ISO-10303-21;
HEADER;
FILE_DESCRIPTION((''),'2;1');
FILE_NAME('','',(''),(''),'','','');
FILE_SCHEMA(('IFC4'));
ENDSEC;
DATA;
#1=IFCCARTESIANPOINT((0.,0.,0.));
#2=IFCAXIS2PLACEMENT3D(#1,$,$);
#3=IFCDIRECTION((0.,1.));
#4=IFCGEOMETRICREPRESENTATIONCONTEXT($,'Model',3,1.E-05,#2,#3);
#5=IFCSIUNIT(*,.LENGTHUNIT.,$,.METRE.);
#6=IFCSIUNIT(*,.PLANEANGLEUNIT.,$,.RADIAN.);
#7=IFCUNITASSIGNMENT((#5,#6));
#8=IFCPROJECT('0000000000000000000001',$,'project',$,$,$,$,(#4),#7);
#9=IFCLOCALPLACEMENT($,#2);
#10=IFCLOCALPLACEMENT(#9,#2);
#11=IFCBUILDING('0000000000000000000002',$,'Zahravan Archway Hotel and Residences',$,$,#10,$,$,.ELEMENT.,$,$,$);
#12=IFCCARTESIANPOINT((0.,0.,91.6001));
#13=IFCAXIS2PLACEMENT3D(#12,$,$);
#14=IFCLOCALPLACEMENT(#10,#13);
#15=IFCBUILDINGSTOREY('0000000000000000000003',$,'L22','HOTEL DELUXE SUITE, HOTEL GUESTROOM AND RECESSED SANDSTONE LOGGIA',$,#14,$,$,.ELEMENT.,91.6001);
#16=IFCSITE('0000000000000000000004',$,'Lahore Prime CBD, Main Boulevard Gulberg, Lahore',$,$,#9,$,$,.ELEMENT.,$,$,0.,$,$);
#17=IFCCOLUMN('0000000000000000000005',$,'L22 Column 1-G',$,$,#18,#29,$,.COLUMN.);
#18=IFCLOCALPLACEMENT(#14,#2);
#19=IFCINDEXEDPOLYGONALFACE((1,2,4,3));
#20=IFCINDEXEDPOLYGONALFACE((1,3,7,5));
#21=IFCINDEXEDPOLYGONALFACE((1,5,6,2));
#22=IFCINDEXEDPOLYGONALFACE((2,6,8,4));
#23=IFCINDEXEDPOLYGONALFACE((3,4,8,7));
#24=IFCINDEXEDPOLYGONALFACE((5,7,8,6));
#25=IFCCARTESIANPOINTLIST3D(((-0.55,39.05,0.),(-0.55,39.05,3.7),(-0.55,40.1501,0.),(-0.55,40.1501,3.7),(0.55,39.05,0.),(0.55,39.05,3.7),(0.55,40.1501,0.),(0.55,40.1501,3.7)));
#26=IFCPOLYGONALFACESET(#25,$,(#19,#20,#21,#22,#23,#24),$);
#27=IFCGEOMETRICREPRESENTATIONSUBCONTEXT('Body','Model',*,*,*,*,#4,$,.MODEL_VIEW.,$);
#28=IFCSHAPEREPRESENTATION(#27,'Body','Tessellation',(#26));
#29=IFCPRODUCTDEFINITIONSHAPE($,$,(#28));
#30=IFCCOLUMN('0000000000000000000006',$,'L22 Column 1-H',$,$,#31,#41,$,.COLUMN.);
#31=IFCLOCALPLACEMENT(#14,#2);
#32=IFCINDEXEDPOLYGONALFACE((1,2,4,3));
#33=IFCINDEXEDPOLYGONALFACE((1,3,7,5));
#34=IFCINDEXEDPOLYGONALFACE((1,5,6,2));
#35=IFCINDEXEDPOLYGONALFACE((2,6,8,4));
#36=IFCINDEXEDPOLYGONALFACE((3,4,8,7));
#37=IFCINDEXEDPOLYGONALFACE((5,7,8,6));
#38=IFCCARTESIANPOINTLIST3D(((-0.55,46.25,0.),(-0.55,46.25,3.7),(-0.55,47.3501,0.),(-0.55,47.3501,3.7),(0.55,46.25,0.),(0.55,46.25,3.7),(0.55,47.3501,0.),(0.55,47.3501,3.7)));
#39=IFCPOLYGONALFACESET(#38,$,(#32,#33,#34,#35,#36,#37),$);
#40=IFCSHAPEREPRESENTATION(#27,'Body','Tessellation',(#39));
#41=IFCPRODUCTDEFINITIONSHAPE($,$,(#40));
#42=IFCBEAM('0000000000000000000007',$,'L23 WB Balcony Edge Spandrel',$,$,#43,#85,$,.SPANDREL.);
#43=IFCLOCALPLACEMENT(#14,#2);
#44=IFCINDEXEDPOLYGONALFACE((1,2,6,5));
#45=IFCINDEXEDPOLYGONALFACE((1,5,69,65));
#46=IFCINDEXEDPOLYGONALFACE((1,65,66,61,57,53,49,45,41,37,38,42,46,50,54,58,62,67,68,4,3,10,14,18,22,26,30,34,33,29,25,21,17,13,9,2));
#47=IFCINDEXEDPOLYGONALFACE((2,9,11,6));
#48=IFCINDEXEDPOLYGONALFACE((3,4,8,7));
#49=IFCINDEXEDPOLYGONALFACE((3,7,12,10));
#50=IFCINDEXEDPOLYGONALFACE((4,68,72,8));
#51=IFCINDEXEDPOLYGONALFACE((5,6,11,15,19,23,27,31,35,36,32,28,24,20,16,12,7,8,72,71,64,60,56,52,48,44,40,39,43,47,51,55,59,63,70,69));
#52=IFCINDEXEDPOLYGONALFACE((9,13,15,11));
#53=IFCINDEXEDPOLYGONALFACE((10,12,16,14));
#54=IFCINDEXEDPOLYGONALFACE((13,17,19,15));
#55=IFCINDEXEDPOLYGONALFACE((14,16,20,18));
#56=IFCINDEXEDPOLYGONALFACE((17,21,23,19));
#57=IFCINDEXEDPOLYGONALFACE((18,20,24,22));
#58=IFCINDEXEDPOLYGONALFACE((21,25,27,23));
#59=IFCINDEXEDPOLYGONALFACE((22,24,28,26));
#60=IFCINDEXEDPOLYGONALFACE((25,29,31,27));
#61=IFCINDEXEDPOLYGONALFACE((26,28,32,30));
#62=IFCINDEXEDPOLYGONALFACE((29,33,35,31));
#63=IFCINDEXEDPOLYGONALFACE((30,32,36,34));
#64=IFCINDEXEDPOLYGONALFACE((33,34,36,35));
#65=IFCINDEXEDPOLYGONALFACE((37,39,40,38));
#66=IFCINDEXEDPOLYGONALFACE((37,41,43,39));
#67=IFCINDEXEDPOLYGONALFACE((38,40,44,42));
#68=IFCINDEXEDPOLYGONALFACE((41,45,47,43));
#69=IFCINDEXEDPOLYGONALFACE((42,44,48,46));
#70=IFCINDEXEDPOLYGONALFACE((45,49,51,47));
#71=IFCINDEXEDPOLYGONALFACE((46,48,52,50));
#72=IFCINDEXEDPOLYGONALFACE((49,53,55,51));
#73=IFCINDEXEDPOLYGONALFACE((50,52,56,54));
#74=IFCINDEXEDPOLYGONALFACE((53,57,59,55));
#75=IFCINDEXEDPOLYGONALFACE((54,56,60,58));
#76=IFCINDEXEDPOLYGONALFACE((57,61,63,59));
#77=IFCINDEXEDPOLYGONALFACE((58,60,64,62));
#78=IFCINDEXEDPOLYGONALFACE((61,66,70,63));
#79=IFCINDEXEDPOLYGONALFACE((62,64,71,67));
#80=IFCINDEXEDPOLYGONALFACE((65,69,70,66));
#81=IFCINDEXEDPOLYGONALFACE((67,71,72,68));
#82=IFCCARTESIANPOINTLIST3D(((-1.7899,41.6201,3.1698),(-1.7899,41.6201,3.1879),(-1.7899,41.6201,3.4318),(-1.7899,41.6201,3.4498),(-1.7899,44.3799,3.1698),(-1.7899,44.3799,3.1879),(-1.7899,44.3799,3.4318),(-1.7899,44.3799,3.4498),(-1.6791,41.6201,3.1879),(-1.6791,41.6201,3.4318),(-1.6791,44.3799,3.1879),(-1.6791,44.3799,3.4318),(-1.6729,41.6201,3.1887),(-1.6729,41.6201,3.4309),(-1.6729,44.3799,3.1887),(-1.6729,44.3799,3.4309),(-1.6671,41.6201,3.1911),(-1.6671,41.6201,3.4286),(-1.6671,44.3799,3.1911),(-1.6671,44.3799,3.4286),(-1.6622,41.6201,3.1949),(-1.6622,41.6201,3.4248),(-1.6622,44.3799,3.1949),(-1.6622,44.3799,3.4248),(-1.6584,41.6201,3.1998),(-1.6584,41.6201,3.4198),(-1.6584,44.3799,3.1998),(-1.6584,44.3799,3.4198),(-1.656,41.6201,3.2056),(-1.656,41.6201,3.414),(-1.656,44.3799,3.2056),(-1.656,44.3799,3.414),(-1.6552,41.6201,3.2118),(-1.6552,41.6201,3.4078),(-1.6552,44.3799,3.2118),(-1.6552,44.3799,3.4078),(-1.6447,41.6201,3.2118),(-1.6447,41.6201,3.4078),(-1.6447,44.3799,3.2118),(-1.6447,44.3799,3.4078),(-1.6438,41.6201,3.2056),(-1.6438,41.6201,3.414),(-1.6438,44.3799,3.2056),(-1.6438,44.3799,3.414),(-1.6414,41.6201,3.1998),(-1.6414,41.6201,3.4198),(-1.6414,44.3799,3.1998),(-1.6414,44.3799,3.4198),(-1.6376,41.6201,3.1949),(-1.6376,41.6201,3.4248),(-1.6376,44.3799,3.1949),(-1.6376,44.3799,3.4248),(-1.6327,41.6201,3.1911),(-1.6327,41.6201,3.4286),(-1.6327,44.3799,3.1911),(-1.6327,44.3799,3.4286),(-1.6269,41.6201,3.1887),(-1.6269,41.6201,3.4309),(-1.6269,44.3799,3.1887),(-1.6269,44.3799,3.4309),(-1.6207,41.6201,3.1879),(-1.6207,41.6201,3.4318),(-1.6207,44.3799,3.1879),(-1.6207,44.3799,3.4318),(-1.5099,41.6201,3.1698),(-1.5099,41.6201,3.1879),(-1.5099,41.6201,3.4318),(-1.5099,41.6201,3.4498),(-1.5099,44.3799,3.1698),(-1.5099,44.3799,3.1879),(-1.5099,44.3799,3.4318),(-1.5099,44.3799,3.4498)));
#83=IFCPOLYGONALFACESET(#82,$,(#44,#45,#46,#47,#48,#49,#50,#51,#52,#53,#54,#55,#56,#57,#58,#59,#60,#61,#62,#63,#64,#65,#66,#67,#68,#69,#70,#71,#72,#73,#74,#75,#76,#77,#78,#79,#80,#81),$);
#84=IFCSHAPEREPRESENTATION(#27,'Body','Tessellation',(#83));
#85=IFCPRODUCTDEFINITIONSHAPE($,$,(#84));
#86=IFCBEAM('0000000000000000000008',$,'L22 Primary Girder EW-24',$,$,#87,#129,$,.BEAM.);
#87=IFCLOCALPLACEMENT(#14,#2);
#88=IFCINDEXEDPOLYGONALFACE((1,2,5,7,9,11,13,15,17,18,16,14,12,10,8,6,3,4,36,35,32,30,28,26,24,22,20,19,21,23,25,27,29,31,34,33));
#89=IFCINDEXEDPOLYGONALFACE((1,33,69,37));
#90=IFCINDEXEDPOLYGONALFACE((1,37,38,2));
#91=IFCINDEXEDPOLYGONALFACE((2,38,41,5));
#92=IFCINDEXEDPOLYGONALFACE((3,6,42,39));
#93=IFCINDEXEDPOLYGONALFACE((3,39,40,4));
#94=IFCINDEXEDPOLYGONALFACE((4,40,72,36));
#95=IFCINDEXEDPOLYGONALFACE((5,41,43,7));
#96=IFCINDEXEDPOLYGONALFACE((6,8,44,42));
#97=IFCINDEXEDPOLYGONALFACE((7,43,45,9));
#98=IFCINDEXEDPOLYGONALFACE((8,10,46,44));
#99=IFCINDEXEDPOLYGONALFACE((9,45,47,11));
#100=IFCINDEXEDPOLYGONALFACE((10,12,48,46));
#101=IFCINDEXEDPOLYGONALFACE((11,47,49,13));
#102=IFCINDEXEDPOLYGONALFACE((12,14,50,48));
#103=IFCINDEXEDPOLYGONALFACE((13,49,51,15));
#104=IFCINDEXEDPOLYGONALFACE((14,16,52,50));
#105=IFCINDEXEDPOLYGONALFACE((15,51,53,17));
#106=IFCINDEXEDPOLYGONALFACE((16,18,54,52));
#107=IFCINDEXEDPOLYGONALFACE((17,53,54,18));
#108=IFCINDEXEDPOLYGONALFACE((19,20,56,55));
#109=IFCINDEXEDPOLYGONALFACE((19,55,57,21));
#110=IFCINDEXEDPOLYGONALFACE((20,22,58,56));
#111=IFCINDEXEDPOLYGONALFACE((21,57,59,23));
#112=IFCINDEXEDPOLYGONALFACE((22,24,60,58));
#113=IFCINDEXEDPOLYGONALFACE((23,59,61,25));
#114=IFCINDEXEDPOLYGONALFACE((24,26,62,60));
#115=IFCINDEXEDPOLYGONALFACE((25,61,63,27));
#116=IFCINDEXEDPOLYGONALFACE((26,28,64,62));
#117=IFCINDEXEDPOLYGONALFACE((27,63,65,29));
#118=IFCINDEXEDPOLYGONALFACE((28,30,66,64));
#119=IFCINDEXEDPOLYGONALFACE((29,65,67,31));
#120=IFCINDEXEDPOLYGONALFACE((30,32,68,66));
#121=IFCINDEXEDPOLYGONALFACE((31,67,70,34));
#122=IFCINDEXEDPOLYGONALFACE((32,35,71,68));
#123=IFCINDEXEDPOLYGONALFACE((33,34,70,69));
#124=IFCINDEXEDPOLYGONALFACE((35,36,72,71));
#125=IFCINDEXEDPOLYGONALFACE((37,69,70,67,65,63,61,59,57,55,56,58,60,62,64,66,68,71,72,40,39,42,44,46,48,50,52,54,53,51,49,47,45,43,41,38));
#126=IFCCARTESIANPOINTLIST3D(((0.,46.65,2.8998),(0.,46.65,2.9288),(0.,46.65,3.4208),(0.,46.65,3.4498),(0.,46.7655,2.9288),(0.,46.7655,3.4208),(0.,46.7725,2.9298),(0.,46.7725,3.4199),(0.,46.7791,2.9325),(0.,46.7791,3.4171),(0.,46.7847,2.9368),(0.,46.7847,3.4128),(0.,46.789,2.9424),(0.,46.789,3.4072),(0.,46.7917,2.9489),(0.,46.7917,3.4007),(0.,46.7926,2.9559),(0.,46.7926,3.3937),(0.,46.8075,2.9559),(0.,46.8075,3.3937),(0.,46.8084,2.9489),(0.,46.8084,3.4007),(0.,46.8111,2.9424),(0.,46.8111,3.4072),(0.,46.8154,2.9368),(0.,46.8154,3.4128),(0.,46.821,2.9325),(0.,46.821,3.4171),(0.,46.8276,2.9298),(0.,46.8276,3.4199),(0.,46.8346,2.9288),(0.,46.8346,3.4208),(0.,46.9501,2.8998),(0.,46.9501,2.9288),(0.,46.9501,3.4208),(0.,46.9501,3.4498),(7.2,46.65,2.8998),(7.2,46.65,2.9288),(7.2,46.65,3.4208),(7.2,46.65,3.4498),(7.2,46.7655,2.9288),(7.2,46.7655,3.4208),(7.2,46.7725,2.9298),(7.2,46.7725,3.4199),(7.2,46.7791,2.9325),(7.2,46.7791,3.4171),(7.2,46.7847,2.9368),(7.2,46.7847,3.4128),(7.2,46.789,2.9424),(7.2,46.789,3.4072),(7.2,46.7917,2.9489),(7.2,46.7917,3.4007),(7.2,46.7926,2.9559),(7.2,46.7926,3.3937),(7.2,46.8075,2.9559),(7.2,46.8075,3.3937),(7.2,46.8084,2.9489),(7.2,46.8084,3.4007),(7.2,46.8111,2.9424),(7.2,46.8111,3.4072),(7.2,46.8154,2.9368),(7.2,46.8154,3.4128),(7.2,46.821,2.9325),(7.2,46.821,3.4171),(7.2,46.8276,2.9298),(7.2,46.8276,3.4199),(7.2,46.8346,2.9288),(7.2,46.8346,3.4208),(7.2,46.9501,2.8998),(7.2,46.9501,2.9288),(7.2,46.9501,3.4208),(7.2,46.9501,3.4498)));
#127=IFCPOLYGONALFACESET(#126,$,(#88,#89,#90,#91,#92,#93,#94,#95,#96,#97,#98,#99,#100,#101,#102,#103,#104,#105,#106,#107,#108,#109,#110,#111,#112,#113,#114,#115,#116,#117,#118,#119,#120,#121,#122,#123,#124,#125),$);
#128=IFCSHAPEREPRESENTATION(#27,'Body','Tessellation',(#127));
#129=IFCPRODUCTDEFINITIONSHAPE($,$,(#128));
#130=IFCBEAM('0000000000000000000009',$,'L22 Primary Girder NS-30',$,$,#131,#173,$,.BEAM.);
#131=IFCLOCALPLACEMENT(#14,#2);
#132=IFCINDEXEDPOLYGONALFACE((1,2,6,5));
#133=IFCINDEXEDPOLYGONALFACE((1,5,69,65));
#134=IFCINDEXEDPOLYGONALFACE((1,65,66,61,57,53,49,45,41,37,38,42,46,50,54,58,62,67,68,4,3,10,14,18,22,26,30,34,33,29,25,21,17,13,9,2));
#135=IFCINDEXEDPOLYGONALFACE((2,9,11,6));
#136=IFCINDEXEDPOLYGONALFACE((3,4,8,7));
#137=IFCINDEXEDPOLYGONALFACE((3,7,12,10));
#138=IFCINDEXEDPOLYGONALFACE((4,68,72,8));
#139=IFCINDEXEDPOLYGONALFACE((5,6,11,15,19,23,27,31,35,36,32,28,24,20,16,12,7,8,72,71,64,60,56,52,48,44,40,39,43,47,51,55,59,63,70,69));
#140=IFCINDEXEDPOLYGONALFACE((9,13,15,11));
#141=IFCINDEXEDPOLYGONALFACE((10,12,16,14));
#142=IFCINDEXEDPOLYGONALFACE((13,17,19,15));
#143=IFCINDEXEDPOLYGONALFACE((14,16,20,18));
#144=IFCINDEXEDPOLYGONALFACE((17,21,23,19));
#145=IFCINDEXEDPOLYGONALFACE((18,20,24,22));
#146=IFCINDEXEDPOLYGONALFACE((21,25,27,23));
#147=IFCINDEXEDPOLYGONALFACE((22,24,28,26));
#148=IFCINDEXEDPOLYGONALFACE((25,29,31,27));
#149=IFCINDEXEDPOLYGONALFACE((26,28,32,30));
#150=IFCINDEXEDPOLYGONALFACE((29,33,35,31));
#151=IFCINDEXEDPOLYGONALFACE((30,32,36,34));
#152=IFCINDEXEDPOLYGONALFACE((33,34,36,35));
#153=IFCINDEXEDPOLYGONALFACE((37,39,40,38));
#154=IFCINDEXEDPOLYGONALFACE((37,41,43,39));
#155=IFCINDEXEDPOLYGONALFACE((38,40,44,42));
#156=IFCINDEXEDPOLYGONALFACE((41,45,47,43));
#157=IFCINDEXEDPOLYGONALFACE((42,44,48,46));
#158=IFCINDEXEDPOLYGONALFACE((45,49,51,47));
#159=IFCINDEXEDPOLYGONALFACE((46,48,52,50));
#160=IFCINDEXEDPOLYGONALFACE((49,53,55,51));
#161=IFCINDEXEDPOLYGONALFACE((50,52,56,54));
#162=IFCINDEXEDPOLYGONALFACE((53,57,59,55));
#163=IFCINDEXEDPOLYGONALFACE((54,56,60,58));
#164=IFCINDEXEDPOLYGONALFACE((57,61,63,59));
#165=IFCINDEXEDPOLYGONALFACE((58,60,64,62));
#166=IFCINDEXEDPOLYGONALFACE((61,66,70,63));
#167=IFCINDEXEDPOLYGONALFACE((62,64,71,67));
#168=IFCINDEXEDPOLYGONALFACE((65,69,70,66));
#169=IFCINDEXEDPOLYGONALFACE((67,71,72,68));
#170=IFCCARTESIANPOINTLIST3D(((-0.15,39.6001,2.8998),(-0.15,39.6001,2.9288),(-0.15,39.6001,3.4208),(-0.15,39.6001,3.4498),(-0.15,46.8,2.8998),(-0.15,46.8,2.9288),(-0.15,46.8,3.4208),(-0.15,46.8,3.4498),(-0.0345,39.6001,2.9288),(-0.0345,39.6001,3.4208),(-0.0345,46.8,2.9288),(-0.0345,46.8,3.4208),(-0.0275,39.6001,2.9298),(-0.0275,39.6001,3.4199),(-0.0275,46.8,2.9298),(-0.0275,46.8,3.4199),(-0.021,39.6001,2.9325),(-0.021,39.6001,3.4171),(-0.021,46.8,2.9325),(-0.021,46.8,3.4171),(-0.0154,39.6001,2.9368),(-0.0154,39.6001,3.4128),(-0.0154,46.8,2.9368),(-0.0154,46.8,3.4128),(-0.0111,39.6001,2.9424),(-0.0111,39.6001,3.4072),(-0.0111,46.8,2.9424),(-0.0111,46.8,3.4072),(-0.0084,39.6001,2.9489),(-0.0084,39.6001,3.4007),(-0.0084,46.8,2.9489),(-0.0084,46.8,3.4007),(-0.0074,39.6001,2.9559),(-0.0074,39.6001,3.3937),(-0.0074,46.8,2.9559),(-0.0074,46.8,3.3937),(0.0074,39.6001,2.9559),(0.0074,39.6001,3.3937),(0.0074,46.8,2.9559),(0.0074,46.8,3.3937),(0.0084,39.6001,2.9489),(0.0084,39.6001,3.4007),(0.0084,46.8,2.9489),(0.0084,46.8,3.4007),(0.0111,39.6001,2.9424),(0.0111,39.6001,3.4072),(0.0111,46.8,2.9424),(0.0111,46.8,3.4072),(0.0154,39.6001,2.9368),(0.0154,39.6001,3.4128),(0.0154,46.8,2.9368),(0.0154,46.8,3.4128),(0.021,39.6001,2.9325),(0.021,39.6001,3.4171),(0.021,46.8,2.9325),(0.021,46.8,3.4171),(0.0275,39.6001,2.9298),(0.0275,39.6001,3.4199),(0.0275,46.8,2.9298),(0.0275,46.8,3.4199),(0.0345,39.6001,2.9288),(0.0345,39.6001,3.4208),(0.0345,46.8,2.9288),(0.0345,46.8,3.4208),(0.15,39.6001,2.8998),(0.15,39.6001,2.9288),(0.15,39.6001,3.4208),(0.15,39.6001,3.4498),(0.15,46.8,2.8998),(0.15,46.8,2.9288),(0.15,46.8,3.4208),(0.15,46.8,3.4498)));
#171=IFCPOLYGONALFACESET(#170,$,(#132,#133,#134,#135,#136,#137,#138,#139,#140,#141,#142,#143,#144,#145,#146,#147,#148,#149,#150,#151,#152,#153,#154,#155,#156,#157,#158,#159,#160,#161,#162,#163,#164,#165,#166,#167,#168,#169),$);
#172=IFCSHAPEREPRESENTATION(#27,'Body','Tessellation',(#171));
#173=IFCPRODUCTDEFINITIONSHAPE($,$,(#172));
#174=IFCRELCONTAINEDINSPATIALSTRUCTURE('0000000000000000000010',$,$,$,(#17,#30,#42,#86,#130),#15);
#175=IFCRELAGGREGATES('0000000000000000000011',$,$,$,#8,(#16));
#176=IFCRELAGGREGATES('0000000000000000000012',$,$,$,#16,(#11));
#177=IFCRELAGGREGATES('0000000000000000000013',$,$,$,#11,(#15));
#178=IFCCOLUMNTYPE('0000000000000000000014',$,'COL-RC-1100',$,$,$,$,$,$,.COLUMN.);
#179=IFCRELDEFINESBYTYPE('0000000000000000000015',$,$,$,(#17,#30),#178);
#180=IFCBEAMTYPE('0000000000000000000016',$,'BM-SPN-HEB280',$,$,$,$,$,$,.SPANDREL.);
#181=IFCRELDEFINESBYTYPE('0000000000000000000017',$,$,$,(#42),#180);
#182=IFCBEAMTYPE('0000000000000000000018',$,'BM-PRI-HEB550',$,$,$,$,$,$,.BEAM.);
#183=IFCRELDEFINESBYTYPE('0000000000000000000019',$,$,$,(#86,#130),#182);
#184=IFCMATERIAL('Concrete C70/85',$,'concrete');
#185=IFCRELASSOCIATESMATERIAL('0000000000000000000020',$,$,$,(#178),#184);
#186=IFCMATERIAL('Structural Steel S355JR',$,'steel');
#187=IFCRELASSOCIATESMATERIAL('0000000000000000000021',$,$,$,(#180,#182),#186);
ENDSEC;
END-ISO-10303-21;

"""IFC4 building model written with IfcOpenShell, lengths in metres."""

from ifc_helpers import new_model, si_unit, direction, frame, origin, origin_2d, place, context, subcontext, project, spatial, rectangle, i_section, extrude, source, transform, mapped, material, material_profile, profile_set, type_object, element, save


model = new_model("IFC4")

# Units and contexts
model_context = context("Model", 3, precision=1e-05, world=origin(), true_north=direction((0.0, 1.0)))
body_context = subcontext(model_context, "Body", "Model", "MODEL_VIEW")
ifc_project = project(units=[si_unit("LENGTHUNIT", "METRE"), si_unit("PLANEANGLEUNIT", "RADIAN")], contexts=[model_context])

# Site, building, storey
site_placement = place(None, origin())
site = spatial("IfcSite", under=ifc_project, at=site_placement, Name="Lahore Prime CBD, Main Boulevard Gulberg, Lahore", CompositionType="ELEMENT", RefElevation=0.0)
building_placement = place(site_placement, origin())
building = spatial("IfcBuilding", under=site, at=building_placement, Name="Zahravan Archway Hotel and Residences", CompositionType="ELEMENT")
storey_placement = place(building_placement, frame((0.0, 0.0, 91.6001)))
storey = spatial("IfcBuildingStorey", under=building, at=storey_placement, Name="L22", Description="HOTEL DELUXE SUITE, HOTEL GUESTROOM AND RECESSED SANDSTONE LOGGIA", CompositionType="ELEMENT", Elevation=91.6001)

# Columns
ifc_material_1 = material(Name="Concrete C70/85", Category="concrete")
ifc_material_profile_1 = material_profile(ifc_material_1, rectangle(XDim=1.1001, YDim=1.1001, at=origin_2d()), Name="RC 1100x1100", Category="concrete")
ifc_profile_set_1 = profile_set([ifc_material_profile_1], Name="Concrete C70/85")
column_type = type_object("IfcColumnType", Name="COL-RC-1100", PredefinedType="COLUMN", material=ifc_profile_set_1)
shared_shape_1 = source(origin(), body_context, "Body", "SweptSolid", [
    extrude(rectangle(XDim=1.1001, YDim=1.1001, at=origin_2d()), origin(), (0.0, 0.0, 1.0), 3.7),
])
for number, where, z_axis, x_axis, name in (
    (1, (0.0, 39.6001, 0.0), (0.0, 0.0, 1.0), (1.0, 0.0, 0.0), "L22 Column 1-G"),
    (2, (0.0, 46.8, 0.0), (0.0, 0.0, 1.0), (1.0, 0.0, 0.0), "L22 Column 1-H"),
):
    element("IfcColumn", number, at=place(storey_placement, frame(where, z_axis=z_axis, x_axis=x_axis)), inside=storey, type_object=column_type, Name=name, PredefinedType="COLUMN", context=body_context, shape_type="MappedRepresentation", body=[
        mapped(shared_shape_1, transform((0.0, 0.0, 0.0), scale=1.0)),
    ])

# Beams
ifc_material_2 = material(Name="Structural Steel S355JR", Category="steel")
ifc_material_profile_2 = material_profile(ifc_material_2, i_section(OverallWidth=0.28, OverallDepth=0.28, WebThickness=0.0105, FlangeThickness=0.0181, FilletRadius=0.0239, at=origin_2d()), Name="HEB 280", Category="steel")
ifc_profile_set_2 = profile_set([ifc_material_profile_2], Name="Structural Steel S355JR")
beam_type_1 = type_object("IfcBeamType", Name="BM-SPN-HEB280", PredefinedType="SPANDREL", material=ifc_profile_set_2)
shared_shape_2 = source(origin(), body_context, "Body", "SweptSolid", [
    extrude(i_section(OverallWidth=0.28, OverallDepth=0.28, WebThickness=0.0105, FlangeThickness=0.0181, FilletRadius=0.0239, at=origin_2d()), origin(), (0.0, 0.0, 1.0), 2.7598),
])
beam_placement = place(storey_placement, frame((-1.6499, 41.6201, 3.3098), z_axis=(0.0, 1.0, 0.0), x_axis=(-1.0, 0.0, 0.0)))
element("IfcBeam", 3, at=beam_placement, inside=storey, type_object=beam_type_1, Name="L23 WB Balcony Edge Spandrel", PredefinedType="SPANDREL", context=body_context, shape_type="MappedRepresentation", body=[
    mapped(shared_shape_2, transform((0.0, 0.0, 0.0), scale=1.0)),
])
ifc_material_profile_3 = material_profile(ifc_material_2, i_section(OverallWidth=0.3, OverallDepth=0.55, WebThickness=0.0149, FlangeThickness=0.0291, FilletRadius=0.0271, at=origin_2d()), Name="HEB 550", Category="steel")
ifc_profile_set_3 = profile_set([ifc_material_profile_3], Name="Structural Steel S355JR")
beam_type_2 = type_object("IfcBeamType", Name="BM-PRI-HEB550", PredefinedType="BEAM", material=ifc_profile_set_3)
shared_shape_3 = source(origin(), body_context, "Body", "SweptSolid", [
    extrude(i_section(OverallWidth=0.3, OverallDepth=0.55, WebThickness=0.0149, FlangeThickness=0.0291, FilletRadius=0.0271, at=origin_2d()), origin(), (0.0, 0.0, 1.0), 7.2),
])
for number, where, z_axis, x_axis, name in (
    (4, (0.0, 46.8, 3.1748), (1.0, 0.0, 0.0), (0.0, 1.0, 0.0), "L22 Primary Girder EW-24"),
    (5, (0.0, 39.6001, 3.1748), (0.0, 1.0, 0.0), (-1.0, 0.0, 0.0), "L22 Primary Girder NS-30"),
):
    element("IfcBeam", number, at=place(storey_placement, frame(where, z_axis=z_axis, x_axis=x_axis)), inside=storey, type_object=beam_type_2, Name=name, PredefinedType="BEAM", context=body_context, shape_type="MappedRepresentation", body=[
        mapped(shared_shape_3, transform((0.0, 0.0, 0.0), scale=1.0)),
    ])

save(model, "model.ifc")
